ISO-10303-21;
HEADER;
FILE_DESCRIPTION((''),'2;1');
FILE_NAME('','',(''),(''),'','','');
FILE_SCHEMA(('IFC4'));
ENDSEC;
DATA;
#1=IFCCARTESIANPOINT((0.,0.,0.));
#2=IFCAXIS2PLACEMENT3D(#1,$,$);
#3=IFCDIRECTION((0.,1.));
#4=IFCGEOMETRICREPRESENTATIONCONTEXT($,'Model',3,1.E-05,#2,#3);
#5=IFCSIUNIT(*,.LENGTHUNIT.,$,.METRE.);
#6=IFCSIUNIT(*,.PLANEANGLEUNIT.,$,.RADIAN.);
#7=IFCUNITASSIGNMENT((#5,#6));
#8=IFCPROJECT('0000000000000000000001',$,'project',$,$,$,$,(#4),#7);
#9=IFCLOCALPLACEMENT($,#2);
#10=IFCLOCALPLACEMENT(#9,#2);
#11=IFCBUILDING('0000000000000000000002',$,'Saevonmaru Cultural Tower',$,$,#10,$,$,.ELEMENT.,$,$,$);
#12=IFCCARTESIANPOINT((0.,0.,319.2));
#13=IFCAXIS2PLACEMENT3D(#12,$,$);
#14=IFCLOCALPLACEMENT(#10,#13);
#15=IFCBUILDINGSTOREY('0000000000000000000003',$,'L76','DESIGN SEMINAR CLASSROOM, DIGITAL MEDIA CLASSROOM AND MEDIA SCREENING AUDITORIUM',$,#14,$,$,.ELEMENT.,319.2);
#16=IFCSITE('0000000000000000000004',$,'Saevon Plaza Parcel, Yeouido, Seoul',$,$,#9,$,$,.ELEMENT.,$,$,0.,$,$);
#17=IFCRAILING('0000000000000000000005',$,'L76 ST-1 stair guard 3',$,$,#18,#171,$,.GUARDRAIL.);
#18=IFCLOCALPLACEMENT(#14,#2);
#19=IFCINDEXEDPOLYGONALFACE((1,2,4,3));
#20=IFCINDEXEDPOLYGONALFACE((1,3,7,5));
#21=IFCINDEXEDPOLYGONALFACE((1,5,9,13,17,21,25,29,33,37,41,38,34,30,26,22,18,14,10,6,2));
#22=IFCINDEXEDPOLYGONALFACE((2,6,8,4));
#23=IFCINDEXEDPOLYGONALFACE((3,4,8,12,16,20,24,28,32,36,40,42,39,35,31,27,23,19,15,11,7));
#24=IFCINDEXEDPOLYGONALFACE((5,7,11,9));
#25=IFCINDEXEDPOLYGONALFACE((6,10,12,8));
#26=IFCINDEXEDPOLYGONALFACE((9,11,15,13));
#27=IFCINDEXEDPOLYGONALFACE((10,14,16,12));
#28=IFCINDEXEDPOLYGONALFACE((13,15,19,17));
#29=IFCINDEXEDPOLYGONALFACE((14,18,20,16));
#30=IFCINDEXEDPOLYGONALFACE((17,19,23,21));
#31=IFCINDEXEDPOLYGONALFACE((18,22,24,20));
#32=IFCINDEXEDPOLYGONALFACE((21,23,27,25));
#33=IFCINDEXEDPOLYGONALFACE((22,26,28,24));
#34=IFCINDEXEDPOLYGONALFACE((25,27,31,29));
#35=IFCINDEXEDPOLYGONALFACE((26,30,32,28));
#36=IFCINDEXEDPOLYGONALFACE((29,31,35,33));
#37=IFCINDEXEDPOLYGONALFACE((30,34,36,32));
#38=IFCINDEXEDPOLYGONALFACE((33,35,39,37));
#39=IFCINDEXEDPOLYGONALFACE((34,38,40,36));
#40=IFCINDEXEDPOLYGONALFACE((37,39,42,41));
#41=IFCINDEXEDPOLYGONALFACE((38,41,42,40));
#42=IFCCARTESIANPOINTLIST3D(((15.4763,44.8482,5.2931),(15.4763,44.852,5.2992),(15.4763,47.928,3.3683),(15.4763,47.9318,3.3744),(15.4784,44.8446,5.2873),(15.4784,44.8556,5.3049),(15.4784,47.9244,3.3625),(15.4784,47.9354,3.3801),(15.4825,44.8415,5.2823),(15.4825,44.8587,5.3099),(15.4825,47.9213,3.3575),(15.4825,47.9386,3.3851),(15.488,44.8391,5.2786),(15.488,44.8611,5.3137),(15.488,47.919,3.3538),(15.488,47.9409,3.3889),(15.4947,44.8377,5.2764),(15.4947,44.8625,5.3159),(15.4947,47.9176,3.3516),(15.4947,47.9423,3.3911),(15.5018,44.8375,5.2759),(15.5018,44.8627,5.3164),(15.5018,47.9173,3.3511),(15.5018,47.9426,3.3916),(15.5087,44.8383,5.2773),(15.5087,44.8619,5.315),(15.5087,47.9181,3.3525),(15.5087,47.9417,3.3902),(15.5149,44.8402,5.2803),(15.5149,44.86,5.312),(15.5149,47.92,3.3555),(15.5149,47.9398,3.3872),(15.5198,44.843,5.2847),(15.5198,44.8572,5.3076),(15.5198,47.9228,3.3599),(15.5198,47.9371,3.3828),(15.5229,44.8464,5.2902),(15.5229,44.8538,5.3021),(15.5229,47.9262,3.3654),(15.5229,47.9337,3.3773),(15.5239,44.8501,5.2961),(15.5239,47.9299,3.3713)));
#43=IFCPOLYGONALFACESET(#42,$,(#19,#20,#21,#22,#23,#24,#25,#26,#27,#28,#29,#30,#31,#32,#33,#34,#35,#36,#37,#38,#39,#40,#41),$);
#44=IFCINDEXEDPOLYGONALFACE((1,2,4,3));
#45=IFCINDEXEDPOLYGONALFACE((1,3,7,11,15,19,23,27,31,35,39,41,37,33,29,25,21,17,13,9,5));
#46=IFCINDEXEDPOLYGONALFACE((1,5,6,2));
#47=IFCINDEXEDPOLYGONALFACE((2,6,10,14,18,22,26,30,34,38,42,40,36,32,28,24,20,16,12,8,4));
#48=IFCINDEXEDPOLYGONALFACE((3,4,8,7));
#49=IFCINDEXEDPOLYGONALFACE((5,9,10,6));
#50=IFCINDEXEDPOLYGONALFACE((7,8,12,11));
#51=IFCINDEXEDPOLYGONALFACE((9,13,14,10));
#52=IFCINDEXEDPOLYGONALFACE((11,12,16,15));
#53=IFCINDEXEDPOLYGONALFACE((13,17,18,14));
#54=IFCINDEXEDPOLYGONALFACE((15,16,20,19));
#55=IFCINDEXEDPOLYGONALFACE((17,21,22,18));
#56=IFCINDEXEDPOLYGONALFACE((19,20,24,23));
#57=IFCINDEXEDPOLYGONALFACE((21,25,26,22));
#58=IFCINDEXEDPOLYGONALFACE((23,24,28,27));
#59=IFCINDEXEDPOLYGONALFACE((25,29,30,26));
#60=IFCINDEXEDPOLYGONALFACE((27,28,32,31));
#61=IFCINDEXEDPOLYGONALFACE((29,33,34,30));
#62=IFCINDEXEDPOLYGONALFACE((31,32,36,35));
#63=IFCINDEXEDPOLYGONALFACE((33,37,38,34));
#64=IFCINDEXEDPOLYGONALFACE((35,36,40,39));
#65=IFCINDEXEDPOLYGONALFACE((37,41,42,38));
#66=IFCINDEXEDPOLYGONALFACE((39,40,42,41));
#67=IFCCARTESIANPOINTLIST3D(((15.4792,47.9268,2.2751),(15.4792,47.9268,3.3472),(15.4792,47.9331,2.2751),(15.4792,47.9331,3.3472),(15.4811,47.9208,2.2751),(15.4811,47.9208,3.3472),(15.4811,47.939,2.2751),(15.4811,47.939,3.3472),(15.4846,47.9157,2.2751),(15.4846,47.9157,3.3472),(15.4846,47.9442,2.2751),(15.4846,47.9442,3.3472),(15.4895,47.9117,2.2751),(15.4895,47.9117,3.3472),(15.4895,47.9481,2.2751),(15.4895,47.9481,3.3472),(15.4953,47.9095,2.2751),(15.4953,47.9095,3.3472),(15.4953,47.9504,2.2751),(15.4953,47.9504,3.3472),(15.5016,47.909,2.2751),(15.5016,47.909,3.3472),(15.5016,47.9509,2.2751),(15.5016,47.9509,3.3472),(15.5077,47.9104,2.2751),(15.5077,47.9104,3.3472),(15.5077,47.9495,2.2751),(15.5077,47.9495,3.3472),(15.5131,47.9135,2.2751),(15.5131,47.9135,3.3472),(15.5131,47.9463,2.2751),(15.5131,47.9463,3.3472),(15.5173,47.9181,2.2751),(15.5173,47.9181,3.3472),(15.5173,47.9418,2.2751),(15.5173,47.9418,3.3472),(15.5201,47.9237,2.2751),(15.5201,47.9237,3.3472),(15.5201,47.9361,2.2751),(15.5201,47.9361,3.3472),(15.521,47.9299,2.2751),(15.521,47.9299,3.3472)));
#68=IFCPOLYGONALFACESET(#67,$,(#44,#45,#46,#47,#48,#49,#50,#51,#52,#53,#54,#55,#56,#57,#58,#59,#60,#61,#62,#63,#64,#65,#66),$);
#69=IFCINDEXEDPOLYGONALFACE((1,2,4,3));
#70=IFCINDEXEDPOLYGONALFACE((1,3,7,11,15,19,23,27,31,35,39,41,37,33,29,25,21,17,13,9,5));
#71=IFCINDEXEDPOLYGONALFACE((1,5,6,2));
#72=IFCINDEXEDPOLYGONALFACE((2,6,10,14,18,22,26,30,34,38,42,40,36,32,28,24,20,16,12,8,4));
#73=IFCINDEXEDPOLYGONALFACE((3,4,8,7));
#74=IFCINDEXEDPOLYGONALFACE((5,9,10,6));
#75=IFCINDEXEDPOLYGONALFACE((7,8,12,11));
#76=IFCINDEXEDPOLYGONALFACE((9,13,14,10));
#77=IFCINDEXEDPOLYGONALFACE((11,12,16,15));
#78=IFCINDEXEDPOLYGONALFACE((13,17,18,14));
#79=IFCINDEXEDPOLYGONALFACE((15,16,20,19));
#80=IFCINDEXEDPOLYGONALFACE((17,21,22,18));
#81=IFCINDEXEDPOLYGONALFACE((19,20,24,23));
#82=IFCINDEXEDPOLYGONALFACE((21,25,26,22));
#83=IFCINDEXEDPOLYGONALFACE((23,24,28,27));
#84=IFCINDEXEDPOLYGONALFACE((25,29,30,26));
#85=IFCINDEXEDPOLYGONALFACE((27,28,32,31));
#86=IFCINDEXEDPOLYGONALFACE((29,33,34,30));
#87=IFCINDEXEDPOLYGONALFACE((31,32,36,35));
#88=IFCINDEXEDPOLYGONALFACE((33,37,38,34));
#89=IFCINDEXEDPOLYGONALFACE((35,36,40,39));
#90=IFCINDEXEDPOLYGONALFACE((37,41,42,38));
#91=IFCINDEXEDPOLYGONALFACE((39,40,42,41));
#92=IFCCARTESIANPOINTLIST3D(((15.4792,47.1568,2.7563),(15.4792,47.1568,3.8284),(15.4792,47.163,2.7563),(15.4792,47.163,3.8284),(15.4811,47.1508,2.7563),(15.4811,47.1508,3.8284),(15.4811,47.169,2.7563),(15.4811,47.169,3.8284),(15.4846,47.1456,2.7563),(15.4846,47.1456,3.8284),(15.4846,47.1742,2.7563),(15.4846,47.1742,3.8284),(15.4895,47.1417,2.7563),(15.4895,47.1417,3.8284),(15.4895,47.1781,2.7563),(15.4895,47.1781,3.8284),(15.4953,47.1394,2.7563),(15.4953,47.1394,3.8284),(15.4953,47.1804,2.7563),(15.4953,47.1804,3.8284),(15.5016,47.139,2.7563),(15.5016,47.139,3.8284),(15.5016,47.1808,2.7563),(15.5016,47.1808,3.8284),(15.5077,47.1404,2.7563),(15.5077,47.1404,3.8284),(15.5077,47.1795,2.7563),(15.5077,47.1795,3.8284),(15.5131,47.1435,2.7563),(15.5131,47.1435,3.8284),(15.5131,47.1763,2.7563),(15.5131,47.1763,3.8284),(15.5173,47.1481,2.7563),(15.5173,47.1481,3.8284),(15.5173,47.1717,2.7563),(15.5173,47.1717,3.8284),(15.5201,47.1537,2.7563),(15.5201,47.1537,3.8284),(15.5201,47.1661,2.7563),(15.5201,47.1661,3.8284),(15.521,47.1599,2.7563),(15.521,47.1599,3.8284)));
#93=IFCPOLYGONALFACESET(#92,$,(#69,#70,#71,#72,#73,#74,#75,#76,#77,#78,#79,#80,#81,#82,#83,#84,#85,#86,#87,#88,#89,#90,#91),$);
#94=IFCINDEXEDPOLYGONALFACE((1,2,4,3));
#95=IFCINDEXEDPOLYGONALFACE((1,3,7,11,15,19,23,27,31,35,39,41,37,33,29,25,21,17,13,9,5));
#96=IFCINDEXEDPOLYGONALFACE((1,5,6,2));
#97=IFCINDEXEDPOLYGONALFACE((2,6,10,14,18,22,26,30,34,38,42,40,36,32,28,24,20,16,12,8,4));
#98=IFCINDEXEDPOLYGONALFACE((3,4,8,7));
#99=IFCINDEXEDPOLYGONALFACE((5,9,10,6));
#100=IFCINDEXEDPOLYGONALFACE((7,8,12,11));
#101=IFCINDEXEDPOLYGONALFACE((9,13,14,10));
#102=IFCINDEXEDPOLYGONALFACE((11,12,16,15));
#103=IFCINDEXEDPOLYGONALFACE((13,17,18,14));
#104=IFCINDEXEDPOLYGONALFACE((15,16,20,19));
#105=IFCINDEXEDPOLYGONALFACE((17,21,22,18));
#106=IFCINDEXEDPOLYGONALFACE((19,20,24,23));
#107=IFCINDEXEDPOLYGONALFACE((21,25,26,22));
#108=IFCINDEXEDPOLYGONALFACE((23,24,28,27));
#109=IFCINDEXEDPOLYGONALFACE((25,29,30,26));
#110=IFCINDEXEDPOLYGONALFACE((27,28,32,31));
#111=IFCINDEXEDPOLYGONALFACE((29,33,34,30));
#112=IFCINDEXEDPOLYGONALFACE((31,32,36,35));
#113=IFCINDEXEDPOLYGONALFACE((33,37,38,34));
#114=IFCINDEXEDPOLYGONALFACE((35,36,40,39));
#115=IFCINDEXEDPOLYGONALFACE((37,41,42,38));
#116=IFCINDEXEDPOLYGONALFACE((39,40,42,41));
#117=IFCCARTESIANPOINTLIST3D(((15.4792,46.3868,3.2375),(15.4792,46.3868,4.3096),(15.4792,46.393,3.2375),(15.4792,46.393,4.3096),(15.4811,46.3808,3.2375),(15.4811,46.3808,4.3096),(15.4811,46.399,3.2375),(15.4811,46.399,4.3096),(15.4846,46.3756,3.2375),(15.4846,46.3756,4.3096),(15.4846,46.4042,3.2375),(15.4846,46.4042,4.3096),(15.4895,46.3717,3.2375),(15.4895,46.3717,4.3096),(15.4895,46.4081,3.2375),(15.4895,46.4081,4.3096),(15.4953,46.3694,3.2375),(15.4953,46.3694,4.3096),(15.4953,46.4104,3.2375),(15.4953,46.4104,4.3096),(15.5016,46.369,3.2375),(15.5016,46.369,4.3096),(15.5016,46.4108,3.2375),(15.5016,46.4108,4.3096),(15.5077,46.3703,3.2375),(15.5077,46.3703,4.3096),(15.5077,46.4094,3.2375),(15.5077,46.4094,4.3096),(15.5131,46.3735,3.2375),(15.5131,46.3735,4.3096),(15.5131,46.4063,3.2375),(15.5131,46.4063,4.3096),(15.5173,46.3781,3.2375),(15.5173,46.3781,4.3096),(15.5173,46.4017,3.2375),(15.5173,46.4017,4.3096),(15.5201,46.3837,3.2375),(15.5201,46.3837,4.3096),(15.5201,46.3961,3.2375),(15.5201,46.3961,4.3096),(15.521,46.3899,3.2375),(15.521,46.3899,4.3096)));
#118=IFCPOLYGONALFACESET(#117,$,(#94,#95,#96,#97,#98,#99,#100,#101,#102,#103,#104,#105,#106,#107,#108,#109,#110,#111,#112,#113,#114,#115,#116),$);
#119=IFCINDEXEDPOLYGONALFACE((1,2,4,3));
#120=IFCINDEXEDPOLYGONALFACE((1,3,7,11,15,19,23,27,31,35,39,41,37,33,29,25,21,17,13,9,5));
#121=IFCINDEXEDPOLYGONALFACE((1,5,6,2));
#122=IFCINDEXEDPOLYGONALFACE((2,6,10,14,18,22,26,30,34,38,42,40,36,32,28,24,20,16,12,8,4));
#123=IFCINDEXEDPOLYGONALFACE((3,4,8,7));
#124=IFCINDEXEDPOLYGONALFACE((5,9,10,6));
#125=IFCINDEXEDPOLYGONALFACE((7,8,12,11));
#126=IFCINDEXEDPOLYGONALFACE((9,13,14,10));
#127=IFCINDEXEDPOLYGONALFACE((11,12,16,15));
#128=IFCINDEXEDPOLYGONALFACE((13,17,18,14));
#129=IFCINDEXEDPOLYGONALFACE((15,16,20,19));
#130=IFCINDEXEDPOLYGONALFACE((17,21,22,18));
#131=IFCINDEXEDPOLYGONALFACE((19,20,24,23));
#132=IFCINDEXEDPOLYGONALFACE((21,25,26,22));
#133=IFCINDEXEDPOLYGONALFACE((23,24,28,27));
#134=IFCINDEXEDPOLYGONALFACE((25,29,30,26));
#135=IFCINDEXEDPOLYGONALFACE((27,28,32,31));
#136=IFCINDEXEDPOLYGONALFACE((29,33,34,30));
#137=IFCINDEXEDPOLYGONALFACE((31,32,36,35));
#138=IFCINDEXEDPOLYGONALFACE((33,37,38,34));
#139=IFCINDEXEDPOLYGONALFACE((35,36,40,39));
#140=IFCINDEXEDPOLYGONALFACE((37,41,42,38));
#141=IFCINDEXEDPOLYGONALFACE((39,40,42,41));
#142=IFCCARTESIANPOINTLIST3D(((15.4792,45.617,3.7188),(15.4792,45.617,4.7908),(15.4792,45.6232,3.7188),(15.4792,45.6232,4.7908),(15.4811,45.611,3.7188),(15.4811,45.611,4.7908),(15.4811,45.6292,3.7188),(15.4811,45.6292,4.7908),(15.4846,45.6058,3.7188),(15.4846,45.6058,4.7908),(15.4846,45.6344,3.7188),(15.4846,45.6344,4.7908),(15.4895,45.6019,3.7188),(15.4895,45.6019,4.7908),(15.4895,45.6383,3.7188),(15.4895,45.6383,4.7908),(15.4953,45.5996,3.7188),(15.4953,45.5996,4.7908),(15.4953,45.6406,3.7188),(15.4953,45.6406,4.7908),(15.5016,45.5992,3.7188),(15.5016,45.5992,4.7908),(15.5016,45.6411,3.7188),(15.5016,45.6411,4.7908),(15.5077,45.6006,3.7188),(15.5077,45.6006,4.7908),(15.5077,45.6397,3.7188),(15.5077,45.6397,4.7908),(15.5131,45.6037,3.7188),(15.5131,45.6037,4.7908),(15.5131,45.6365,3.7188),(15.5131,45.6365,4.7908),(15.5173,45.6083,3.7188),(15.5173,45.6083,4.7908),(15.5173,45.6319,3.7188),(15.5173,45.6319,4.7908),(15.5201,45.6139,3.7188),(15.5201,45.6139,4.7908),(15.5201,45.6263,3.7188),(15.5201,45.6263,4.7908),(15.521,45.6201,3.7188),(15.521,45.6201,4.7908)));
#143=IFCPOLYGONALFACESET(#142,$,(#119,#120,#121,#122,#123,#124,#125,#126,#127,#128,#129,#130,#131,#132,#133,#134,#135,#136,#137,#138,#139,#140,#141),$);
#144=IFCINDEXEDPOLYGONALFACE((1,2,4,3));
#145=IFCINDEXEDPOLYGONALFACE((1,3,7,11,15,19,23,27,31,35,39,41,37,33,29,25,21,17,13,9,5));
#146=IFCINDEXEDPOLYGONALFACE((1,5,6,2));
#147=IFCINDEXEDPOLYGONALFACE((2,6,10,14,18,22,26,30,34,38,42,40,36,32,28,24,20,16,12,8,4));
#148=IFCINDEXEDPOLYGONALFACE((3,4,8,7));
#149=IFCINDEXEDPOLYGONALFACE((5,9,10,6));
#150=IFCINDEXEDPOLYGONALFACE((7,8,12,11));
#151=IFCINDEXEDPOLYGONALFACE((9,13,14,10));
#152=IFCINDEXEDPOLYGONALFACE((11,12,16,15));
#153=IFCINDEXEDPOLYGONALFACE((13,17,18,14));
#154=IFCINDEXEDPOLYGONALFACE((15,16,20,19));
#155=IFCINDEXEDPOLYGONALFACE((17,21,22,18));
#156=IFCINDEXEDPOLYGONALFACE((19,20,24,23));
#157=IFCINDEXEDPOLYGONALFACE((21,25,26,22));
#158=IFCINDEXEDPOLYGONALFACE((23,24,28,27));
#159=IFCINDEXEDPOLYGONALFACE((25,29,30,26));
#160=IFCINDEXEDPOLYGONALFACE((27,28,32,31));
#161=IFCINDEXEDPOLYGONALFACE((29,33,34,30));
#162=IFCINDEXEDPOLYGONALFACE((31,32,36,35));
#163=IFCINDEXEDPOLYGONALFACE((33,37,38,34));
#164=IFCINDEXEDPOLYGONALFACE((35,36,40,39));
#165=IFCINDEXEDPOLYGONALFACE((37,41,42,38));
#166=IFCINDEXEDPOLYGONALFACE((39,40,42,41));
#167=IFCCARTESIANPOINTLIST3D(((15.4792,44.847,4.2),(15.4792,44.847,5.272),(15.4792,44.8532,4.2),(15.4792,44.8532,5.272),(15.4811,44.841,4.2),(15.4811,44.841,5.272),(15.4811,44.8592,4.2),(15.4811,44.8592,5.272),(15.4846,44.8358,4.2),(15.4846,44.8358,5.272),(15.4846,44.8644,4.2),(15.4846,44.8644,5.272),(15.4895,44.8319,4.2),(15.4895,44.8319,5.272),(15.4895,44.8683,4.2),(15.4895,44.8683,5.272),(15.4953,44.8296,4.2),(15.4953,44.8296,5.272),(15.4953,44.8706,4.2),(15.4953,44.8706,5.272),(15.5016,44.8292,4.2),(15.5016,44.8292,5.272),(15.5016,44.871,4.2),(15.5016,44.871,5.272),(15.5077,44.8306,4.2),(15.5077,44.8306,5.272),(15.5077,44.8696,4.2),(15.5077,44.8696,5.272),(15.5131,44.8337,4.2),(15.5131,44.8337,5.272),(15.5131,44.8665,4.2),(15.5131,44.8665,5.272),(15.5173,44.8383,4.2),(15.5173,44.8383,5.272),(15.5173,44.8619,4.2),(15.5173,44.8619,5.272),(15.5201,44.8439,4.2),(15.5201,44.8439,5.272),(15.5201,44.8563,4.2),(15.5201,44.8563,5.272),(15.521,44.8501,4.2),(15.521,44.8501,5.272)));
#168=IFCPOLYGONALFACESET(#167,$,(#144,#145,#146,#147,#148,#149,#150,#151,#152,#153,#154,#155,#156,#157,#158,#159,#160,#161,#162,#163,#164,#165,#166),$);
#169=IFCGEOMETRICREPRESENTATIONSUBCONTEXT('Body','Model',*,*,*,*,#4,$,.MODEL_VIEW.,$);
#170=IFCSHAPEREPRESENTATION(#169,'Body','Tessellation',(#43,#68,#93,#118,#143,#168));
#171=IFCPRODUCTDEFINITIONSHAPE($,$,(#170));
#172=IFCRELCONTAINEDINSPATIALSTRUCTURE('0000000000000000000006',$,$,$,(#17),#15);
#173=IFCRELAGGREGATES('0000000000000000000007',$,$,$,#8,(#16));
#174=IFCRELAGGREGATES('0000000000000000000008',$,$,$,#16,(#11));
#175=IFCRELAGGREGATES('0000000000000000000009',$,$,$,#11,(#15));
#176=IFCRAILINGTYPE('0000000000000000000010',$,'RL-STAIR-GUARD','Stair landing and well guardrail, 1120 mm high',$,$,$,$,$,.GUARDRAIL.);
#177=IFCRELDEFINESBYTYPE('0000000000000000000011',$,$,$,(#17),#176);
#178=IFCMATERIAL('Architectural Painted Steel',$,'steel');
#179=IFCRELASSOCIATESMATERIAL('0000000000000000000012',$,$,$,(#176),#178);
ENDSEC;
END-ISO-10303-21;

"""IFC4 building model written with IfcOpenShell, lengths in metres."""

from ifc_helpers import new_model, si_unit, direction, frame, origin, origin_2d, place, context, subcontext, project, spatial, circle, extrude, material, type_object, element, save


model = new_model("IFC4")

# Units and contexts
model_context = context("Model", 3, precision=1e-05, world=origin(), true_north=direction((0.0, 1.0)))
body_context = subcontext(model_context, "Body", "Model", "MODEL_VIEW")
ifc_project = project(units=[si_unit("LENGTHUNIT", "METRE"), si_unit("PLANEANGLEUNIT", "RADIAN")], contexts=[model_context])

# Site, building, storey
site_placement = place(None, origin())
site = spatial("IfcSite", under=ifc_project, at=site_placement, Name="Saevon Plaza Parcel, Yeouido, Seoul", CompositionType="ELEMENT", RefElevation=0.0)
building_placement = place(site_placement, origin())
building = spatial("IfcBuilding", under=site, at=building_placement, Name="Saevonmaru Cultural Tower", CompositionType="ELEMENT")
storey_placement = place(building_placement, frame((0.0, 0.0, 319.2)))
storey = spatial("IfcBuildingStorey", under=building, at=storey_placement, Name="L76", Description="DESIGN SEMINAR CLASSROOM, DIGITAL MEDIA CLASSROOM AND MEDIA SCREENING AUDITORIUM", CompositionType="ELEMENT", Elevation=319.2)

# Railing
ifc_material_1 = material(Name="Architectural Painted Steel", Category="steel")
railing_type = type_object("IfcRailingType", Name="RL-STAIR-GUARD", Description="Stair landing and well guardrail, 1120 mm high", PredefinedType="GUARDRAIL", material=ifc_material_1)
railing_1_placement = place(storey_placement, frame((15.5, 47.9299, 2.2751)))
element("IfcRailing", 1, at=railing_1_placement, inside=storey, type_object=railing_type, Name="L76 ST-1 stair guard 3", PredefinedType="GUARDRAIL", context=body_context, shape_type="SweptSolid", body=[
    extrude(circle(Radius=0.0239, at=origin_2d()), frame((0.0, 0.0, 1.0962), z_axis=(0.0, -0.84801, 0.529981), x_axis=(1.0, 0.0, 0.0)), (0.0, 0.0, 1.0), 3.6318),
    extrude(circle(Radius=0.021, at=origin_2d()), origin(), (0.0, 0.0, 1.0), 1.072),
    extrude(circle(Radius=0.021, at=origin_2d()), frame((0.0, -0.77, 0.4812)), (0.0, 0.0, 1.0), 1.072),
    extrude(circle(Radius=0.021, at=origin_2d()), frame((0.0, -1.54, 0.9624)), (0.0, 0.0, 1.0), 1.072),
    extrude(circle(Radius=0.021, at=origin_2d()), frame((0.0, -2.3098, 1.4436)), (0.0, 0.0, 1.0), 1.072),
    extrude(circle(Radius=0.021, at=origin_2d()), frame((0.0, -3.0798, 1.9248)), (0.0, 0.0, 1.0), 1.072),
])

save(model, "model.ifc")
